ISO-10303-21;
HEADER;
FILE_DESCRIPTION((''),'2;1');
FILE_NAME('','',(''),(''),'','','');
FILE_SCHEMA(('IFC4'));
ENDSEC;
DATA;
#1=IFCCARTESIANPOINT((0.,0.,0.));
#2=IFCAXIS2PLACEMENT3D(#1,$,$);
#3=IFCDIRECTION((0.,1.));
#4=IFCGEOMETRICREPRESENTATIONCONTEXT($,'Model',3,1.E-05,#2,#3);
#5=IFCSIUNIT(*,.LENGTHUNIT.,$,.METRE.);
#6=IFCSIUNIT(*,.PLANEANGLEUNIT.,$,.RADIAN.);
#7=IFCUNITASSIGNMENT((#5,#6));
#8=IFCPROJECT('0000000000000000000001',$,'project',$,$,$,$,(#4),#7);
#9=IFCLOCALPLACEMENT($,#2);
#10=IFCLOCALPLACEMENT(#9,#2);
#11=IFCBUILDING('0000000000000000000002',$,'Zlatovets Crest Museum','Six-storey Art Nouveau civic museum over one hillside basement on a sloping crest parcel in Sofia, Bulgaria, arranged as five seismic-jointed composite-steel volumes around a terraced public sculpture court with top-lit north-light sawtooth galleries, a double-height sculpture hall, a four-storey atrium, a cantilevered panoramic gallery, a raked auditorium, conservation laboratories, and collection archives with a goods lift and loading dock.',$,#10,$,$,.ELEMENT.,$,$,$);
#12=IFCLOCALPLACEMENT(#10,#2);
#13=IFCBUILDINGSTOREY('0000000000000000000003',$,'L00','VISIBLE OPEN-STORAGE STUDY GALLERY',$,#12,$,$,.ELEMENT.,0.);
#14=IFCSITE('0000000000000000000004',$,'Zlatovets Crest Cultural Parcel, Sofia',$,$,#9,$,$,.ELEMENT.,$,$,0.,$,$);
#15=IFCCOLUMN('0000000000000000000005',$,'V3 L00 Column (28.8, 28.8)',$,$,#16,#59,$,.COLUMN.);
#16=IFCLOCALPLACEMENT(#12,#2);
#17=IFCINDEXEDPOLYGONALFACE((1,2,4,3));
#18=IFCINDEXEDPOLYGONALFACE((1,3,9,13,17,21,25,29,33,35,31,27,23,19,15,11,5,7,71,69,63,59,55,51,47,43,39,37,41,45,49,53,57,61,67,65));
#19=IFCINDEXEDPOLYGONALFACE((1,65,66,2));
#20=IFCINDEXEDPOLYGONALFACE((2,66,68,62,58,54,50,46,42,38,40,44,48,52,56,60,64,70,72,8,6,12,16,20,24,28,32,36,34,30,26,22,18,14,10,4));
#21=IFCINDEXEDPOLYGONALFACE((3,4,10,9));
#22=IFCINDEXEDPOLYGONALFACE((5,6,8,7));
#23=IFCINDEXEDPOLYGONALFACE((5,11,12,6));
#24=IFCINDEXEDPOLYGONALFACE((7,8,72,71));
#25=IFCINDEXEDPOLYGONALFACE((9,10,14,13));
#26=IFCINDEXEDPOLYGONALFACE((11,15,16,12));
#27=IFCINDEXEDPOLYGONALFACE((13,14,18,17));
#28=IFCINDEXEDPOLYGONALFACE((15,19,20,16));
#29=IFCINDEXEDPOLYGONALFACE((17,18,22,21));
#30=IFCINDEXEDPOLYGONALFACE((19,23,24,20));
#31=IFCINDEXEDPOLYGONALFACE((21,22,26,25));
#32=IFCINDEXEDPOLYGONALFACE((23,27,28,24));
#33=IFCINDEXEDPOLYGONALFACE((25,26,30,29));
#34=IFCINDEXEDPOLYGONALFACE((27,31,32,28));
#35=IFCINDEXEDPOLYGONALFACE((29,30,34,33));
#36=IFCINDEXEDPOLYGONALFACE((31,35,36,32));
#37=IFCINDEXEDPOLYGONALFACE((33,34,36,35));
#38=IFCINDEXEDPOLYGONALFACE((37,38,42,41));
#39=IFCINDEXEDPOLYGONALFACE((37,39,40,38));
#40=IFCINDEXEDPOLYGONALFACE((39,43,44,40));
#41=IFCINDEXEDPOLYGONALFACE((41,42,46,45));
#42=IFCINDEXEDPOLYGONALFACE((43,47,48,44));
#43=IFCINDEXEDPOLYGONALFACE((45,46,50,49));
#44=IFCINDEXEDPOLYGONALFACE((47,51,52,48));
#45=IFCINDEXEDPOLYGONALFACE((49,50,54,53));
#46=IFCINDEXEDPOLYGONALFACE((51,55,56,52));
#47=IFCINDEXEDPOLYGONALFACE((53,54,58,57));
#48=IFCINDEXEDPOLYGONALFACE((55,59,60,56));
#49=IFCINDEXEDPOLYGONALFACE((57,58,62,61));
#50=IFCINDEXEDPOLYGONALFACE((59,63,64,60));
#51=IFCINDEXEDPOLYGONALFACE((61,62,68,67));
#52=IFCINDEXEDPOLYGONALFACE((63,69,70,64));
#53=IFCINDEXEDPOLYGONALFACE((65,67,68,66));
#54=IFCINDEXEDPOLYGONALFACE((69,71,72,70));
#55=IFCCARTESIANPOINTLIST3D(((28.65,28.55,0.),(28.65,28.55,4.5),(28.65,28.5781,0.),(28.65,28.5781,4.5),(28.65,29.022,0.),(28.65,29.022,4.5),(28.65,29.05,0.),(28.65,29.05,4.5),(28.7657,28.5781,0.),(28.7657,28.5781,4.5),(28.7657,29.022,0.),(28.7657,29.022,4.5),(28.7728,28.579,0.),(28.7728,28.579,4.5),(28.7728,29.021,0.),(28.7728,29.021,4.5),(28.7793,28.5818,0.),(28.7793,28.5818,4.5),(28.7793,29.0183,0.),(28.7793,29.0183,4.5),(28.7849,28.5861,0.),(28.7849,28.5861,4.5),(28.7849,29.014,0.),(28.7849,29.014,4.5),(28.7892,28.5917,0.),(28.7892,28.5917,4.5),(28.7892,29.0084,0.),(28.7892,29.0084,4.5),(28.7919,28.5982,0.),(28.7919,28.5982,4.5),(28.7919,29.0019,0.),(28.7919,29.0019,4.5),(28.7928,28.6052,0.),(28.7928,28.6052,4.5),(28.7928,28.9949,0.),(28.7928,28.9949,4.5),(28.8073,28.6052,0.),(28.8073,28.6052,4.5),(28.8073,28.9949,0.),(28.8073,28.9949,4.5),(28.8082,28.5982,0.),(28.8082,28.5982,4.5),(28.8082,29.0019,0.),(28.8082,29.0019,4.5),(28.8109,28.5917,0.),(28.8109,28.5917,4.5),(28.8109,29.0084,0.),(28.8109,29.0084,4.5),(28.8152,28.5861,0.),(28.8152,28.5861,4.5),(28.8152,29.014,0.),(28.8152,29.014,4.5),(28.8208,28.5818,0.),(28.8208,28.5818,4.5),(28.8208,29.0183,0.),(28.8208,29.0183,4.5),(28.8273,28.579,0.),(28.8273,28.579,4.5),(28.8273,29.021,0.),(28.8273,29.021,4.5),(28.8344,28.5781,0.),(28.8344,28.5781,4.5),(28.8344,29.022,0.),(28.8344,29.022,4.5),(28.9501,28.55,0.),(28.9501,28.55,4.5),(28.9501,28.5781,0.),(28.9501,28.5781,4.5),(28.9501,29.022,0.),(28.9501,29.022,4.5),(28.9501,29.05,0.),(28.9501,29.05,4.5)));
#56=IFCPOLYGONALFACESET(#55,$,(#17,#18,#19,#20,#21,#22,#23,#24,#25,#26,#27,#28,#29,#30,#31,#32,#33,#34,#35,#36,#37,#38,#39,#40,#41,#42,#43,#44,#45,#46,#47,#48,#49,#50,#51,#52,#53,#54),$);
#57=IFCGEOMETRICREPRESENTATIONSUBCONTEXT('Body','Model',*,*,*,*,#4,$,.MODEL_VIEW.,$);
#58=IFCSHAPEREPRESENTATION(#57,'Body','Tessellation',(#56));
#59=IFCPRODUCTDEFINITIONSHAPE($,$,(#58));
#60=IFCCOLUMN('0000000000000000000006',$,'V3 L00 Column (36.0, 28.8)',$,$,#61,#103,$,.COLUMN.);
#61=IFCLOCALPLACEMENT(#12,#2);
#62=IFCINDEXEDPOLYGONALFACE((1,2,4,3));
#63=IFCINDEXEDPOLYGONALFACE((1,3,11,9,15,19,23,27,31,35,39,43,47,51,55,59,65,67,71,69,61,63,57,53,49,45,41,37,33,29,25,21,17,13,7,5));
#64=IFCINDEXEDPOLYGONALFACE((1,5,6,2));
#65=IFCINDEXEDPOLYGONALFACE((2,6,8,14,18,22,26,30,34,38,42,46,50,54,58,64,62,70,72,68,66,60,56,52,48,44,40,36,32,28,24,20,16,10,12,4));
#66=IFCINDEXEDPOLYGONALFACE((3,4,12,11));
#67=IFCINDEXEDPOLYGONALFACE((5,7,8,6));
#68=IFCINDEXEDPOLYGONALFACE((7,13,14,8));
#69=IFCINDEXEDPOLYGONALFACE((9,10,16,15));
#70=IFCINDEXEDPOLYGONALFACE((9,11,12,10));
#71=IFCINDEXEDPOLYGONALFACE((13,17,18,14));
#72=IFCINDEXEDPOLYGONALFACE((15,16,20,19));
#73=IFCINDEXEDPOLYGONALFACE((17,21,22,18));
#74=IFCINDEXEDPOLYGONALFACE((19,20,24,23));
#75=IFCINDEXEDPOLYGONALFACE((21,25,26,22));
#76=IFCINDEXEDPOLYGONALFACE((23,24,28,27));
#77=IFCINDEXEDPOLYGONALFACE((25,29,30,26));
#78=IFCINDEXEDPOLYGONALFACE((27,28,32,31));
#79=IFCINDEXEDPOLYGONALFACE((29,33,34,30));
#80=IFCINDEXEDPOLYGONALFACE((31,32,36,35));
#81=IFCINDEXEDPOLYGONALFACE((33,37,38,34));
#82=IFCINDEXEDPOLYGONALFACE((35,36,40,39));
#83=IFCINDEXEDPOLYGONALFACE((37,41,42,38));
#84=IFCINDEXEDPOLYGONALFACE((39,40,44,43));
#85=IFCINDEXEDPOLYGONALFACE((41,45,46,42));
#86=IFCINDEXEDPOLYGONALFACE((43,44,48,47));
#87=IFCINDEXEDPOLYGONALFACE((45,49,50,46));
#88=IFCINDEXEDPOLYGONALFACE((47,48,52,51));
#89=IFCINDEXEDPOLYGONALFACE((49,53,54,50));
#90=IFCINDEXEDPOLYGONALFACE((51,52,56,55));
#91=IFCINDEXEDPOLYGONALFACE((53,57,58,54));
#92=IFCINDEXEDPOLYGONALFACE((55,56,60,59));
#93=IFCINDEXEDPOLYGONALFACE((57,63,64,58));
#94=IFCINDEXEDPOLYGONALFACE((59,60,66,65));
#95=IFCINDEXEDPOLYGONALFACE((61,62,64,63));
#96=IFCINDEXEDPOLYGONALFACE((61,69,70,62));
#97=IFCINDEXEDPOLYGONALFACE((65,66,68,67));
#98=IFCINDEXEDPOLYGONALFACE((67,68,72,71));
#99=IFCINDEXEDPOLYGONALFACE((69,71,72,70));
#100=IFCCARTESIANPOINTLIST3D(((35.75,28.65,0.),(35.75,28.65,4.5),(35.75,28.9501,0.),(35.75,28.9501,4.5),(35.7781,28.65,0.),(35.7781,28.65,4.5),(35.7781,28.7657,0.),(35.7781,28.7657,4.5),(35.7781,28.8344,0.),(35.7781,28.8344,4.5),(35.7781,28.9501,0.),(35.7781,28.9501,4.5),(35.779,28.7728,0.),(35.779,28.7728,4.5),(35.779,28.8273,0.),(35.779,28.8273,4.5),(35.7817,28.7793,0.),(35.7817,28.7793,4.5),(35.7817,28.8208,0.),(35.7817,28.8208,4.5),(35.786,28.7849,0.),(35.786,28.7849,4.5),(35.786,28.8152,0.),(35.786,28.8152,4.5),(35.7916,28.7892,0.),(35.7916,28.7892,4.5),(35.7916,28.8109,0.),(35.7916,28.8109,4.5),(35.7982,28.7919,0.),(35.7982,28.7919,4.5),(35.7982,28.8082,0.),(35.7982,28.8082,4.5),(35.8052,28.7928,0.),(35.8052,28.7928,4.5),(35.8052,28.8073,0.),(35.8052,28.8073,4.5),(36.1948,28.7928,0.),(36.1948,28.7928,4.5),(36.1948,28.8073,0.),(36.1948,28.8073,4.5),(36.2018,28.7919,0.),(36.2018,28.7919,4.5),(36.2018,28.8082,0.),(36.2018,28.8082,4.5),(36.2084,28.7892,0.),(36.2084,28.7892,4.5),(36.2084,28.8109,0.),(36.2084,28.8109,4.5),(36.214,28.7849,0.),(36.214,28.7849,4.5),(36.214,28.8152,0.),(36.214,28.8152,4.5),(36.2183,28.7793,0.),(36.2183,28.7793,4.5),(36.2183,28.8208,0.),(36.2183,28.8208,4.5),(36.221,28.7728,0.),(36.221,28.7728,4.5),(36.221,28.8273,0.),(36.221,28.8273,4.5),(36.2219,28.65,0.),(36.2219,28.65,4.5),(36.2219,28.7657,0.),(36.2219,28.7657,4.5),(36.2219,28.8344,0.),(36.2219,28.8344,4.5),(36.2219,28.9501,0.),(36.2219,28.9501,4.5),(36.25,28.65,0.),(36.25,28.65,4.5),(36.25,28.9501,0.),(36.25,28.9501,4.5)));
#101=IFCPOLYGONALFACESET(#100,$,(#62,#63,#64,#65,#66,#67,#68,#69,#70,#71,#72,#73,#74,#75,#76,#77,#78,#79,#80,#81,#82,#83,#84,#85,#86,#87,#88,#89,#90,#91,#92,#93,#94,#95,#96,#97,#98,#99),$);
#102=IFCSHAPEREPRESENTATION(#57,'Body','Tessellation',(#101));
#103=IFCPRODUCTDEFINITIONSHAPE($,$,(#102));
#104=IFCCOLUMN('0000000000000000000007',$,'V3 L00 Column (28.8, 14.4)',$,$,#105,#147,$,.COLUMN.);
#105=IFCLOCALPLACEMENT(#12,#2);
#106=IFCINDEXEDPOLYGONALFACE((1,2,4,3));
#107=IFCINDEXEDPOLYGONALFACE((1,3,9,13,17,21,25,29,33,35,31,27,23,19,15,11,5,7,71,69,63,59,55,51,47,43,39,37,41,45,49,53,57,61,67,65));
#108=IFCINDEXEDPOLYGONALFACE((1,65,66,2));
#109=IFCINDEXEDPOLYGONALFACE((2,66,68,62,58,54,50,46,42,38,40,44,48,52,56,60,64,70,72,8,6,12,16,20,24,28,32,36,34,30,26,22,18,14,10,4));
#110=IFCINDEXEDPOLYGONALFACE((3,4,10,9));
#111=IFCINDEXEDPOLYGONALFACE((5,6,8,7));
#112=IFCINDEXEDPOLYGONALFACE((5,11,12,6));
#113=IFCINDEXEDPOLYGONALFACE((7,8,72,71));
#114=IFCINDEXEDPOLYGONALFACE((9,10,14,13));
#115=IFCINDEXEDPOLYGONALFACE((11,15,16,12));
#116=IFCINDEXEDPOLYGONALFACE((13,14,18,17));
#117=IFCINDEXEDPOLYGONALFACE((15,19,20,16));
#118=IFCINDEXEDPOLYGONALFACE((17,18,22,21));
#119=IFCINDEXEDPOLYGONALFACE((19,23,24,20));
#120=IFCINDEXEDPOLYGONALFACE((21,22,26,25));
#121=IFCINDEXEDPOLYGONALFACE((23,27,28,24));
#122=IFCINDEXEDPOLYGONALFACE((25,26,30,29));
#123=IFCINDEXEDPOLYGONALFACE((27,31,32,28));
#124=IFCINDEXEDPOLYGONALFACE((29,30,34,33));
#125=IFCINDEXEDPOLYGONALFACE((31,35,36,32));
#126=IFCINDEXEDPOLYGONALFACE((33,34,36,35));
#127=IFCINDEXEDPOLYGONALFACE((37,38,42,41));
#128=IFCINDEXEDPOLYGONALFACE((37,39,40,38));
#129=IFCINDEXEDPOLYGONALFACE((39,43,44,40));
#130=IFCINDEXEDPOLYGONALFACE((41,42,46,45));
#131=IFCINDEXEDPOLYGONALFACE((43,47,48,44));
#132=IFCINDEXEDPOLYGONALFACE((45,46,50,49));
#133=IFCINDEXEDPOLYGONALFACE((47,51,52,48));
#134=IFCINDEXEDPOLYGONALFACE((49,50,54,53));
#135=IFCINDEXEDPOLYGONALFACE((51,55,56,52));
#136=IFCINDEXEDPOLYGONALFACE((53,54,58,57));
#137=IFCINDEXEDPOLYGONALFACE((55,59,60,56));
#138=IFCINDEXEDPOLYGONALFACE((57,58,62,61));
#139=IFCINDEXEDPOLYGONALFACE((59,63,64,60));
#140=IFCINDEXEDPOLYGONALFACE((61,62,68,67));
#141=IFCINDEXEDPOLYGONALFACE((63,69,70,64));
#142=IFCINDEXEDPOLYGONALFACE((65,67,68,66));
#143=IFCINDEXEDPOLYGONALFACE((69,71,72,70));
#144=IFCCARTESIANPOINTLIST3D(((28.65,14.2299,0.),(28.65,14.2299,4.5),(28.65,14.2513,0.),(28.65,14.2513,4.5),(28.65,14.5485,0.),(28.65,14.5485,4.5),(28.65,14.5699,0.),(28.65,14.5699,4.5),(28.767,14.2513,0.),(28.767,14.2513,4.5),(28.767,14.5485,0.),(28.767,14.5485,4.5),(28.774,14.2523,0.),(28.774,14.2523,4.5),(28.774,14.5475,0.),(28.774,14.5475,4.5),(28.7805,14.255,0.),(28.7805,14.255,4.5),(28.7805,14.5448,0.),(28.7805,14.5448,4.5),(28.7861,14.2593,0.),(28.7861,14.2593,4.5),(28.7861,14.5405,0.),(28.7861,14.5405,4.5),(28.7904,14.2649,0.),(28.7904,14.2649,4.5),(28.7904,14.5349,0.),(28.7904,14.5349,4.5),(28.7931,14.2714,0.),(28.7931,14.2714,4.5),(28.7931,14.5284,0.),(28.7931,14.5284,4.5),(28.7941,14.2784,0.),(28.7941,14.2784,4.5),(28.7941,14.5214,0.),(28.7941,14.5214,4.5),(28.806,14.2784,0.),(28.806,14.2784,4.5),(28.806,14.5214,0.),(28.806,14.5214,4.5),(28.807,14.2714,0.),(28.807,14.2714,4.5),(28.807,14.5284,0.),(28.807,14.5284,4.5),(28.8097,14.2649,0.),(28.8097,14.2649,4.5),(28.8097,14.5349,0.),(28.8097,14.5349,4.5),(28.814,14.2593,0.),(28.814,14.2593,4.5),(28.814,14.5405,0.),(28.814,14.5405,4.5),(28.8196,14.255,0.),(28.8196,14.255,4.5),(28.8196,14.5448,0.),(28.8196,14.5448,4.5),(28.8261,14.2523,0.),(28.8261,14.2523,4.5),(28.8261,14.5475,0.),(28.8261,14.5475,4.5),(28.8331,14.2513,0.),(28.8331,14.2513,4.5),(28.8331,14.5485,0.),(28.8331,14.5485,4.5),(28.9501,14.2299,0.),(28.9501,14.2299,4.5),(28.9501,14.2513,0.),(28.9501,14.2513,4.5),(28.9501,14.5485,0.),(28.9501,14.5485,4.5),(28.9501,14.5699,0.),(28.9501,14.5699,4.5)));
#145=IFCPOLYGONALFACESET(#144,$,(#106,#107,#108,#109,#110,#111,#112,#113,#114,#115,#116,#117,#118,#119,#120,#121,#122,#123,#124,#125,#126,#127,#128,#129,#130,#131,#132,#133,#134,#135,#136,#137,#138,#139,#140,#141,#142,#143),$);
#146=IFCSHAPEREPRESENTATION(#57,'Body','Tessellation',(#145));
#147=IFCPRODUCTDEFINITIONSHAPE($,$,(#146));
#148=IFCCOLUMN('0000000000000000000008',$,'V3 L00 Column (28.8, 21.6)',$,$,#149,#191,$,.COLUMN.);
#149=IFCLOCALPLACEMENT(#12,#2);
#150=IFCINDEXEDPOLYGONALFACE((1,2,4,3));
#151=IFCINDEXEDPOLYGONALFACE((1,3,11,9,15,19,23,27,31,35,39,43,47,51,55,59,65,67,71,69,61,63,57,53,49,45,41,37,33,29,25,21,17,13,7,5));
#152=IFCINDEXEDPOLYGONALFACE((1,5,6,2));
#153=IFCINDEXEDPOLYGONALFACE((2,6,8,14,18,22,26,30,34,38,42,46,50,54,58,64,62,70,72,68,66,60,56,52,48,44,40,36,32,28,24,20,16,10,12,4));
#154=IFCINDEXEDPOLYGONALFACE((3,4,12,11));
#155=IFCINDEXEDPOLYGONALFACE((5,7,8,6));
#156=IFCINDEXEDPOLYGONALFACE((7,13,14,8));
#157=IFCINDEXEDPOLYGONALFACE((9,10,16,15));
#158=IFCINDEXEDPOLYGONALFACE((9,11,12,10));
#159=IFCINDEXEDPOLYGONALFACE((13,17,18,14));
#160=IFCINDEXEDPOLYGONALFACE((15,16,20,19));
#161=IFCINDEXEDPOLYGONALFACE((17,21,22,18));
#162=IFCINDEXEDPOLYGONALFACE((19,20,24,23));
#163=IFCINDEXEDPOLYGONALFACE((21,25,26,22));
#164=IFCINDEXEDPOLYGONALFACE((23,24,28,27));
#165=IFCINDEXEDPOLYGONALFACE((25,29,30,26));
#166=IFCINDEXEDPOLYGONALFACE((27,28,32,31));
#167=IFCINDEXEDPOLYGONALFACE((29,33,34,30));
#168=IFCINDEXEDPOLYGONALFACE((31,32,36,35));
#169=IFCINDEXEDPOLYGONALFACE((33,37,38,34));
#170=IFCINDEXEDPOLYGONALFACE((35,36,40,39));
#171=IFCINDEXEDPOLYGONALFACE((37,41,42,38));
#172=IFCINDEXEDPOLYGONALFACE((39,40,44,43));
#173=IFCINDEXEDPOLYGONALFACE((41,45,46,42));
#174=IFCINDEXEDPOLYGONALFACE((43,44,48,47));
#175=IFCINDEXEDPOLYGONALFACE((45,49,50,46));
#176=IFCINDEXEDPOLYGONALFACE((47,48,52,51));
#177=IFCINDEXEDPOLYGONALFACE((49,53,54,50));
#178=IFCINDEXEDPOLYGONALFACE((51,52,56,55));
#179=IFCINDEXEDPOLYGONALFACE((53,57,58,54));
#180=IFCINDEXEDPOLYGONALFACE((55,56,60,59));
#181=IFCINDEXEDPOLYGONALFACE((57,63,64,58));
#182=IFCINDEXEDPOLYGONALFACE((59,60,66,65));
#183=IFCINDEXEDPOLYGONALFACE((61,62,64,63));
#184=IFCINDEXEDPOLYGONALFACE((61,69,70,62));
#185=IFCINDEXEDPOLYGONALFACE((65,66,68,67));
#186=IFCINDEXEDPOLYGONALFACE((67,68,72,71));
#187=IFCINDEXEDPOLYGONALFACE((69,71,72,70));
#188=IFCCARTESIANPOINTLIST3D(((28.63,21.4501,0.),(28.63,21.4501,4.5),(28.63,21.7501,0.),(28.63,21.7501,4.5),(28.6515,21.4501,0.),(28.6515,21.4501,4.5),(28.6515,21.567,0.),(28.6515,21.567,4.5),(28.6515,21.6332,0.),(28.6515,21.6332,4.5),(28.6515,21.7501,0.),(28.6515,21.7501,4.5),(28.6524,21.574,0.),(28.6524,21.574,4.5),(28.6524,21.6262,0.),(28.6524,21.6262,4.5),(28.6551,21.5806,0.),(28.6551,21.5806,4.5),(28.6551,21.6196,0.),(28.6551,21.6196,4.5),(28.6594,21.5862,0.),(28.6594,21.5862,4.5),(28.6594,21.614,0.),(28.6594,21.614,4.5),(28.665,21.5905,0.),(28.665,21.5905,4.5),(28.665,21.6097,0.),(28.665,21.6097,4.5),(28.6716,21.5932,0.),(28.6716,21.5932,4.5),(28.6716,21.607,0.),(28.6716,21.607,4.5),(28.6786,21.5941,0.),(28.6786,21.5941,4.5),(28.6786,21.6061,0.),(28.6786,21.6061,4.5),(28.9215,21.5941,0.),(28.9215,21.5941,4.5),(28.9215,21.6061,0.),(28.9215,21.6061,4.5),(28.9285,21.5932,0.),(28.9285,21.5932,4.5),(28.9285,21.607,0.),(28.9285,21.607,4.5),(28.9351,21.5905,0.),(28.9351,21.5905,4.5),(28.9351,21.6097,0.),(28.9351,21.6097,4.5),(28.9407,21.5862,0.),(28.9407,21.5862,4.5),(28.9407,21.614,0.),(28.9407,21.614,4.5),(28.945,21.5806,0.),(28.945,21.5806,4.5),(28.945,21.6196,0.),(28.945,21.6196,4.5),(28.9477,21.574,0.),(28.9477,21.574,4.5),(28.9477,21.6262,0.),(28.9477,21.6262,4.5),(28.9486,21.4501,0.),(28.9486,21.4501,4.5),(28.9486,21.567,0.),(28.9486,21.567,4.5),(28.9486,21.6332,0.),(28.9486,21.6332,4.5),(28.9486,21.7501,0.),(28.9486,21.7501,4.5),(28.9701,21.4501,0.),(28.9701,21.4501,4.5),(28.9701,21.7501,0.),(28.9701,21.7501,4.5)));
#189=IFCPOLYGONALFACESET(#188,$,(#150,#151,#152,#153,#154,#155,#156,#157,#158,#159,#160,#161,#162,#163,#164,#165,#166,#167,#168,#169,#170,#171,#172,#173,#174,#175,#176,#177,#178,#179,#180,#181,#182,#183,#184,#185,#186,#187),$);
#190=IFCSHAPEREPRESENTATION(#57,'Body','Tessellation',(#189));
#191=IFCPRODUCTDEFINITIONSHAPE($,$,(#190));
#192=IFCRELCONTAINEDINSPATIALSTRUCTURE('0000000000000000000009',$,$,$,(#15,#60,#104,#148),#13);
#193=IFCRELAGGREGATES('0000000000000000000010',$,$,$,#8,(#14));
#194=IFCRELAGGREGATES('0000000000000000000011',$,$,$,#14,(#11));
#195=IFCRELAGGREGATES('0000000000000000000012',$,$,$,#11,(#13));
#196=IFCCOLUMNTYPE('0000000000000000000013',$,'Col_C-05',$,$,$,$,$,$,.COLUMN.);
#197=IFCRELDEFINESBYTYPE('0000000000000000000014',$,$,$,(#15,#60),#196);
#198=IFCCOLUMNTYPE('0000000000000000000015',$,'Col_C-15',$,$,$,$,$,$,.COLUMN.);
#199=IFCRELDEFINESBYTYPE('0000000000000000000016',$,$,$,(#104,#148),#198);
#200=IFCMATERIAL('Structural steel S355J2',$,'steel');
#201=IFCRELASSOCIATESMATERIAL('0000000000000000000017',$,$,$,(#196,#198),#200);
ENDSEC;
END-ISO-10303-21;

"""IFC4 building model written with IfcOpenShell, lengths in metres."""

from ifc_helpers import new_model, si_unit, direction, frame, origin, origin_2d, place, context, subcontext, project, spatial, i_section, extrude, material, material_profile, profile_set, type_object, element, save


model = new_model("IFC4")

# Units and contexts
model_context = context("Model", 3, precision=1e-05, world=origin(), true_north=direction((0.0, 1.0)))
body_context = subcontext(model_context, "Body", "Model", "MODEL_VIEW")
ifc_project = project(units=[si_unit("LENGTHUNIT", "METRE"), si_unit("PLANEANGLEUNIT", "RADIAN")], contexts=[model_context])

# Site, building, storey
site_placement = place(None, origin())
site = spatial("IfcSite", under=ifc_project, at=site_placement, Name="Zlatovets Crest Cultural Parcel, Sofia", CompositionType="ELEMENT", RefElevation=0.0)
building_placement = place(site_placement, origin())
building = spatial("IfcBuilding", under=site, at=building_placement, Name="Zlatovets Crest Museum", Description="Six-storey Art Nouveau civic museum over one hillside basement on a sloping crest parcel in Sofia, Bulgaria, arranged as five seismic-jointed composite-steel volumes around a terraced public sculpture court with top-lit north-light sawtooth galleries, a double-height sculpture hall, a four-storey atrium, a cantilevered panoramic gallery, a raked auditorium, conservation laboratories, and collection archives with a goods lift and loading dock.", CompositionType="ELEMENT")
storey_placement = place(building_placement, origin())
storey = spatial("IfcBuildingStorey", under=building, at=storey_placement, Name="L00", Description="VISIBLE OPEN-STORAGE STUDY GALLERY", CompositionType="ELEMENT", Elevation=0.0)

# Columns
ifc_material_1 = material(Name="Structural steel S355J2", Category="steel")
ifc_material_profile_1 = material_profile(ifc_material_1, i_section(OverallWidth=0.3, OverallDepth=0.5, WebThickness=0.0144, FlangeThickness=0.0281, FilletRadius=0.0271, at=origin_2d()), Name="HEB 500")
ifc_profile_set_1 = profile_set([ifc_material_profile_1], Name="Structural steel S355J2")
column_type_1 = type_object("IfcColumnType", Name="Col_C-05", PredefinedType="COLUMN", material=ifc_profile_set_1)
for number, where, z_axis, x_axis, name in (
    (1, (28.8, 28.8, 0.0), (0.0, 0.0, 1.0), (1.0, 0.0, 0.0), "V3 L00 Column (28.8, 28.8)"),
    (2, (36.0, 28.8, 0.0), (0.0, 0.0, 1.0), (0.0, 1.0, 0.0), "V3 L00 Column (36.0, 28.8)"),
):
    element("IfcColumn", number, at=place(storey_placement, frame(where, z_axis=z_axis, x_axis=x_axis)), inside=storey, type_object=column_type_1, Name=name, PredefinedType="COLUMN", context=body_context, shape_type="SweptSolid", body=[
        extrude(i_section(OverallWidth=0.3, OverallDepth=0.5, WebThickness=0.0144, FlangeThickness=0.0281, FilletRadius=0.0271, at=origin_2d()), origin(), (0.0, 0.0, 1.0), 4.5),
    ])
ifc_material_profile_2 = material_profile(ifc_material_1, i_section(OverallWidth=0.3, OverallDepth=0.3401, WebThickness=0.012, FlangeThickness=0.0215, FilletRadius=0.0271, at=origin_2d()), Name="HEB 340")
ifc_profile_set_2 = profile_set([ifc_material_profile_2], Name="Structural steel S355J2")
column_type_2 = type_object("IfcColumnType", Name="Col_C-15", PredefinedType="COLUMN", material=ifc_profile_set_2)
for number, where, z_axis, x_axis, name in (
    (3, (28.8, 14.3999, 0.0), (0.0, 0.0, 1.0), (1.0, 0.0, 0.0), "V3 L00 Column (28.8, 14.4)"),
    (4, (28.8, 21.6001, 0.0), (0.0, 0.0, 1.0), (0.0, 1.0, 0.0), "V3 L00 Column (28.8, 21.6)"),
):
    element("IfcColumn", number, at=place(storey_placement, frame(where, z_axis=z_axis, x_axis=x_axis)), inside=storey, type_object=column_type_2, Name=name, PredefinedType="COLUMN", context=body_context, shape_type="SweptSolid", body=[
        extrude(i_section(OverallWidth=0.3, OverallDepth=0.3401, WebThickness=0.012, FlangeThickness=0.0215, FilletRadius=0.0271, at=origin_2d()), origin(), (0.0, 0.0, 1.0), 4.5),
    ])

save(model, "model.ifc")
